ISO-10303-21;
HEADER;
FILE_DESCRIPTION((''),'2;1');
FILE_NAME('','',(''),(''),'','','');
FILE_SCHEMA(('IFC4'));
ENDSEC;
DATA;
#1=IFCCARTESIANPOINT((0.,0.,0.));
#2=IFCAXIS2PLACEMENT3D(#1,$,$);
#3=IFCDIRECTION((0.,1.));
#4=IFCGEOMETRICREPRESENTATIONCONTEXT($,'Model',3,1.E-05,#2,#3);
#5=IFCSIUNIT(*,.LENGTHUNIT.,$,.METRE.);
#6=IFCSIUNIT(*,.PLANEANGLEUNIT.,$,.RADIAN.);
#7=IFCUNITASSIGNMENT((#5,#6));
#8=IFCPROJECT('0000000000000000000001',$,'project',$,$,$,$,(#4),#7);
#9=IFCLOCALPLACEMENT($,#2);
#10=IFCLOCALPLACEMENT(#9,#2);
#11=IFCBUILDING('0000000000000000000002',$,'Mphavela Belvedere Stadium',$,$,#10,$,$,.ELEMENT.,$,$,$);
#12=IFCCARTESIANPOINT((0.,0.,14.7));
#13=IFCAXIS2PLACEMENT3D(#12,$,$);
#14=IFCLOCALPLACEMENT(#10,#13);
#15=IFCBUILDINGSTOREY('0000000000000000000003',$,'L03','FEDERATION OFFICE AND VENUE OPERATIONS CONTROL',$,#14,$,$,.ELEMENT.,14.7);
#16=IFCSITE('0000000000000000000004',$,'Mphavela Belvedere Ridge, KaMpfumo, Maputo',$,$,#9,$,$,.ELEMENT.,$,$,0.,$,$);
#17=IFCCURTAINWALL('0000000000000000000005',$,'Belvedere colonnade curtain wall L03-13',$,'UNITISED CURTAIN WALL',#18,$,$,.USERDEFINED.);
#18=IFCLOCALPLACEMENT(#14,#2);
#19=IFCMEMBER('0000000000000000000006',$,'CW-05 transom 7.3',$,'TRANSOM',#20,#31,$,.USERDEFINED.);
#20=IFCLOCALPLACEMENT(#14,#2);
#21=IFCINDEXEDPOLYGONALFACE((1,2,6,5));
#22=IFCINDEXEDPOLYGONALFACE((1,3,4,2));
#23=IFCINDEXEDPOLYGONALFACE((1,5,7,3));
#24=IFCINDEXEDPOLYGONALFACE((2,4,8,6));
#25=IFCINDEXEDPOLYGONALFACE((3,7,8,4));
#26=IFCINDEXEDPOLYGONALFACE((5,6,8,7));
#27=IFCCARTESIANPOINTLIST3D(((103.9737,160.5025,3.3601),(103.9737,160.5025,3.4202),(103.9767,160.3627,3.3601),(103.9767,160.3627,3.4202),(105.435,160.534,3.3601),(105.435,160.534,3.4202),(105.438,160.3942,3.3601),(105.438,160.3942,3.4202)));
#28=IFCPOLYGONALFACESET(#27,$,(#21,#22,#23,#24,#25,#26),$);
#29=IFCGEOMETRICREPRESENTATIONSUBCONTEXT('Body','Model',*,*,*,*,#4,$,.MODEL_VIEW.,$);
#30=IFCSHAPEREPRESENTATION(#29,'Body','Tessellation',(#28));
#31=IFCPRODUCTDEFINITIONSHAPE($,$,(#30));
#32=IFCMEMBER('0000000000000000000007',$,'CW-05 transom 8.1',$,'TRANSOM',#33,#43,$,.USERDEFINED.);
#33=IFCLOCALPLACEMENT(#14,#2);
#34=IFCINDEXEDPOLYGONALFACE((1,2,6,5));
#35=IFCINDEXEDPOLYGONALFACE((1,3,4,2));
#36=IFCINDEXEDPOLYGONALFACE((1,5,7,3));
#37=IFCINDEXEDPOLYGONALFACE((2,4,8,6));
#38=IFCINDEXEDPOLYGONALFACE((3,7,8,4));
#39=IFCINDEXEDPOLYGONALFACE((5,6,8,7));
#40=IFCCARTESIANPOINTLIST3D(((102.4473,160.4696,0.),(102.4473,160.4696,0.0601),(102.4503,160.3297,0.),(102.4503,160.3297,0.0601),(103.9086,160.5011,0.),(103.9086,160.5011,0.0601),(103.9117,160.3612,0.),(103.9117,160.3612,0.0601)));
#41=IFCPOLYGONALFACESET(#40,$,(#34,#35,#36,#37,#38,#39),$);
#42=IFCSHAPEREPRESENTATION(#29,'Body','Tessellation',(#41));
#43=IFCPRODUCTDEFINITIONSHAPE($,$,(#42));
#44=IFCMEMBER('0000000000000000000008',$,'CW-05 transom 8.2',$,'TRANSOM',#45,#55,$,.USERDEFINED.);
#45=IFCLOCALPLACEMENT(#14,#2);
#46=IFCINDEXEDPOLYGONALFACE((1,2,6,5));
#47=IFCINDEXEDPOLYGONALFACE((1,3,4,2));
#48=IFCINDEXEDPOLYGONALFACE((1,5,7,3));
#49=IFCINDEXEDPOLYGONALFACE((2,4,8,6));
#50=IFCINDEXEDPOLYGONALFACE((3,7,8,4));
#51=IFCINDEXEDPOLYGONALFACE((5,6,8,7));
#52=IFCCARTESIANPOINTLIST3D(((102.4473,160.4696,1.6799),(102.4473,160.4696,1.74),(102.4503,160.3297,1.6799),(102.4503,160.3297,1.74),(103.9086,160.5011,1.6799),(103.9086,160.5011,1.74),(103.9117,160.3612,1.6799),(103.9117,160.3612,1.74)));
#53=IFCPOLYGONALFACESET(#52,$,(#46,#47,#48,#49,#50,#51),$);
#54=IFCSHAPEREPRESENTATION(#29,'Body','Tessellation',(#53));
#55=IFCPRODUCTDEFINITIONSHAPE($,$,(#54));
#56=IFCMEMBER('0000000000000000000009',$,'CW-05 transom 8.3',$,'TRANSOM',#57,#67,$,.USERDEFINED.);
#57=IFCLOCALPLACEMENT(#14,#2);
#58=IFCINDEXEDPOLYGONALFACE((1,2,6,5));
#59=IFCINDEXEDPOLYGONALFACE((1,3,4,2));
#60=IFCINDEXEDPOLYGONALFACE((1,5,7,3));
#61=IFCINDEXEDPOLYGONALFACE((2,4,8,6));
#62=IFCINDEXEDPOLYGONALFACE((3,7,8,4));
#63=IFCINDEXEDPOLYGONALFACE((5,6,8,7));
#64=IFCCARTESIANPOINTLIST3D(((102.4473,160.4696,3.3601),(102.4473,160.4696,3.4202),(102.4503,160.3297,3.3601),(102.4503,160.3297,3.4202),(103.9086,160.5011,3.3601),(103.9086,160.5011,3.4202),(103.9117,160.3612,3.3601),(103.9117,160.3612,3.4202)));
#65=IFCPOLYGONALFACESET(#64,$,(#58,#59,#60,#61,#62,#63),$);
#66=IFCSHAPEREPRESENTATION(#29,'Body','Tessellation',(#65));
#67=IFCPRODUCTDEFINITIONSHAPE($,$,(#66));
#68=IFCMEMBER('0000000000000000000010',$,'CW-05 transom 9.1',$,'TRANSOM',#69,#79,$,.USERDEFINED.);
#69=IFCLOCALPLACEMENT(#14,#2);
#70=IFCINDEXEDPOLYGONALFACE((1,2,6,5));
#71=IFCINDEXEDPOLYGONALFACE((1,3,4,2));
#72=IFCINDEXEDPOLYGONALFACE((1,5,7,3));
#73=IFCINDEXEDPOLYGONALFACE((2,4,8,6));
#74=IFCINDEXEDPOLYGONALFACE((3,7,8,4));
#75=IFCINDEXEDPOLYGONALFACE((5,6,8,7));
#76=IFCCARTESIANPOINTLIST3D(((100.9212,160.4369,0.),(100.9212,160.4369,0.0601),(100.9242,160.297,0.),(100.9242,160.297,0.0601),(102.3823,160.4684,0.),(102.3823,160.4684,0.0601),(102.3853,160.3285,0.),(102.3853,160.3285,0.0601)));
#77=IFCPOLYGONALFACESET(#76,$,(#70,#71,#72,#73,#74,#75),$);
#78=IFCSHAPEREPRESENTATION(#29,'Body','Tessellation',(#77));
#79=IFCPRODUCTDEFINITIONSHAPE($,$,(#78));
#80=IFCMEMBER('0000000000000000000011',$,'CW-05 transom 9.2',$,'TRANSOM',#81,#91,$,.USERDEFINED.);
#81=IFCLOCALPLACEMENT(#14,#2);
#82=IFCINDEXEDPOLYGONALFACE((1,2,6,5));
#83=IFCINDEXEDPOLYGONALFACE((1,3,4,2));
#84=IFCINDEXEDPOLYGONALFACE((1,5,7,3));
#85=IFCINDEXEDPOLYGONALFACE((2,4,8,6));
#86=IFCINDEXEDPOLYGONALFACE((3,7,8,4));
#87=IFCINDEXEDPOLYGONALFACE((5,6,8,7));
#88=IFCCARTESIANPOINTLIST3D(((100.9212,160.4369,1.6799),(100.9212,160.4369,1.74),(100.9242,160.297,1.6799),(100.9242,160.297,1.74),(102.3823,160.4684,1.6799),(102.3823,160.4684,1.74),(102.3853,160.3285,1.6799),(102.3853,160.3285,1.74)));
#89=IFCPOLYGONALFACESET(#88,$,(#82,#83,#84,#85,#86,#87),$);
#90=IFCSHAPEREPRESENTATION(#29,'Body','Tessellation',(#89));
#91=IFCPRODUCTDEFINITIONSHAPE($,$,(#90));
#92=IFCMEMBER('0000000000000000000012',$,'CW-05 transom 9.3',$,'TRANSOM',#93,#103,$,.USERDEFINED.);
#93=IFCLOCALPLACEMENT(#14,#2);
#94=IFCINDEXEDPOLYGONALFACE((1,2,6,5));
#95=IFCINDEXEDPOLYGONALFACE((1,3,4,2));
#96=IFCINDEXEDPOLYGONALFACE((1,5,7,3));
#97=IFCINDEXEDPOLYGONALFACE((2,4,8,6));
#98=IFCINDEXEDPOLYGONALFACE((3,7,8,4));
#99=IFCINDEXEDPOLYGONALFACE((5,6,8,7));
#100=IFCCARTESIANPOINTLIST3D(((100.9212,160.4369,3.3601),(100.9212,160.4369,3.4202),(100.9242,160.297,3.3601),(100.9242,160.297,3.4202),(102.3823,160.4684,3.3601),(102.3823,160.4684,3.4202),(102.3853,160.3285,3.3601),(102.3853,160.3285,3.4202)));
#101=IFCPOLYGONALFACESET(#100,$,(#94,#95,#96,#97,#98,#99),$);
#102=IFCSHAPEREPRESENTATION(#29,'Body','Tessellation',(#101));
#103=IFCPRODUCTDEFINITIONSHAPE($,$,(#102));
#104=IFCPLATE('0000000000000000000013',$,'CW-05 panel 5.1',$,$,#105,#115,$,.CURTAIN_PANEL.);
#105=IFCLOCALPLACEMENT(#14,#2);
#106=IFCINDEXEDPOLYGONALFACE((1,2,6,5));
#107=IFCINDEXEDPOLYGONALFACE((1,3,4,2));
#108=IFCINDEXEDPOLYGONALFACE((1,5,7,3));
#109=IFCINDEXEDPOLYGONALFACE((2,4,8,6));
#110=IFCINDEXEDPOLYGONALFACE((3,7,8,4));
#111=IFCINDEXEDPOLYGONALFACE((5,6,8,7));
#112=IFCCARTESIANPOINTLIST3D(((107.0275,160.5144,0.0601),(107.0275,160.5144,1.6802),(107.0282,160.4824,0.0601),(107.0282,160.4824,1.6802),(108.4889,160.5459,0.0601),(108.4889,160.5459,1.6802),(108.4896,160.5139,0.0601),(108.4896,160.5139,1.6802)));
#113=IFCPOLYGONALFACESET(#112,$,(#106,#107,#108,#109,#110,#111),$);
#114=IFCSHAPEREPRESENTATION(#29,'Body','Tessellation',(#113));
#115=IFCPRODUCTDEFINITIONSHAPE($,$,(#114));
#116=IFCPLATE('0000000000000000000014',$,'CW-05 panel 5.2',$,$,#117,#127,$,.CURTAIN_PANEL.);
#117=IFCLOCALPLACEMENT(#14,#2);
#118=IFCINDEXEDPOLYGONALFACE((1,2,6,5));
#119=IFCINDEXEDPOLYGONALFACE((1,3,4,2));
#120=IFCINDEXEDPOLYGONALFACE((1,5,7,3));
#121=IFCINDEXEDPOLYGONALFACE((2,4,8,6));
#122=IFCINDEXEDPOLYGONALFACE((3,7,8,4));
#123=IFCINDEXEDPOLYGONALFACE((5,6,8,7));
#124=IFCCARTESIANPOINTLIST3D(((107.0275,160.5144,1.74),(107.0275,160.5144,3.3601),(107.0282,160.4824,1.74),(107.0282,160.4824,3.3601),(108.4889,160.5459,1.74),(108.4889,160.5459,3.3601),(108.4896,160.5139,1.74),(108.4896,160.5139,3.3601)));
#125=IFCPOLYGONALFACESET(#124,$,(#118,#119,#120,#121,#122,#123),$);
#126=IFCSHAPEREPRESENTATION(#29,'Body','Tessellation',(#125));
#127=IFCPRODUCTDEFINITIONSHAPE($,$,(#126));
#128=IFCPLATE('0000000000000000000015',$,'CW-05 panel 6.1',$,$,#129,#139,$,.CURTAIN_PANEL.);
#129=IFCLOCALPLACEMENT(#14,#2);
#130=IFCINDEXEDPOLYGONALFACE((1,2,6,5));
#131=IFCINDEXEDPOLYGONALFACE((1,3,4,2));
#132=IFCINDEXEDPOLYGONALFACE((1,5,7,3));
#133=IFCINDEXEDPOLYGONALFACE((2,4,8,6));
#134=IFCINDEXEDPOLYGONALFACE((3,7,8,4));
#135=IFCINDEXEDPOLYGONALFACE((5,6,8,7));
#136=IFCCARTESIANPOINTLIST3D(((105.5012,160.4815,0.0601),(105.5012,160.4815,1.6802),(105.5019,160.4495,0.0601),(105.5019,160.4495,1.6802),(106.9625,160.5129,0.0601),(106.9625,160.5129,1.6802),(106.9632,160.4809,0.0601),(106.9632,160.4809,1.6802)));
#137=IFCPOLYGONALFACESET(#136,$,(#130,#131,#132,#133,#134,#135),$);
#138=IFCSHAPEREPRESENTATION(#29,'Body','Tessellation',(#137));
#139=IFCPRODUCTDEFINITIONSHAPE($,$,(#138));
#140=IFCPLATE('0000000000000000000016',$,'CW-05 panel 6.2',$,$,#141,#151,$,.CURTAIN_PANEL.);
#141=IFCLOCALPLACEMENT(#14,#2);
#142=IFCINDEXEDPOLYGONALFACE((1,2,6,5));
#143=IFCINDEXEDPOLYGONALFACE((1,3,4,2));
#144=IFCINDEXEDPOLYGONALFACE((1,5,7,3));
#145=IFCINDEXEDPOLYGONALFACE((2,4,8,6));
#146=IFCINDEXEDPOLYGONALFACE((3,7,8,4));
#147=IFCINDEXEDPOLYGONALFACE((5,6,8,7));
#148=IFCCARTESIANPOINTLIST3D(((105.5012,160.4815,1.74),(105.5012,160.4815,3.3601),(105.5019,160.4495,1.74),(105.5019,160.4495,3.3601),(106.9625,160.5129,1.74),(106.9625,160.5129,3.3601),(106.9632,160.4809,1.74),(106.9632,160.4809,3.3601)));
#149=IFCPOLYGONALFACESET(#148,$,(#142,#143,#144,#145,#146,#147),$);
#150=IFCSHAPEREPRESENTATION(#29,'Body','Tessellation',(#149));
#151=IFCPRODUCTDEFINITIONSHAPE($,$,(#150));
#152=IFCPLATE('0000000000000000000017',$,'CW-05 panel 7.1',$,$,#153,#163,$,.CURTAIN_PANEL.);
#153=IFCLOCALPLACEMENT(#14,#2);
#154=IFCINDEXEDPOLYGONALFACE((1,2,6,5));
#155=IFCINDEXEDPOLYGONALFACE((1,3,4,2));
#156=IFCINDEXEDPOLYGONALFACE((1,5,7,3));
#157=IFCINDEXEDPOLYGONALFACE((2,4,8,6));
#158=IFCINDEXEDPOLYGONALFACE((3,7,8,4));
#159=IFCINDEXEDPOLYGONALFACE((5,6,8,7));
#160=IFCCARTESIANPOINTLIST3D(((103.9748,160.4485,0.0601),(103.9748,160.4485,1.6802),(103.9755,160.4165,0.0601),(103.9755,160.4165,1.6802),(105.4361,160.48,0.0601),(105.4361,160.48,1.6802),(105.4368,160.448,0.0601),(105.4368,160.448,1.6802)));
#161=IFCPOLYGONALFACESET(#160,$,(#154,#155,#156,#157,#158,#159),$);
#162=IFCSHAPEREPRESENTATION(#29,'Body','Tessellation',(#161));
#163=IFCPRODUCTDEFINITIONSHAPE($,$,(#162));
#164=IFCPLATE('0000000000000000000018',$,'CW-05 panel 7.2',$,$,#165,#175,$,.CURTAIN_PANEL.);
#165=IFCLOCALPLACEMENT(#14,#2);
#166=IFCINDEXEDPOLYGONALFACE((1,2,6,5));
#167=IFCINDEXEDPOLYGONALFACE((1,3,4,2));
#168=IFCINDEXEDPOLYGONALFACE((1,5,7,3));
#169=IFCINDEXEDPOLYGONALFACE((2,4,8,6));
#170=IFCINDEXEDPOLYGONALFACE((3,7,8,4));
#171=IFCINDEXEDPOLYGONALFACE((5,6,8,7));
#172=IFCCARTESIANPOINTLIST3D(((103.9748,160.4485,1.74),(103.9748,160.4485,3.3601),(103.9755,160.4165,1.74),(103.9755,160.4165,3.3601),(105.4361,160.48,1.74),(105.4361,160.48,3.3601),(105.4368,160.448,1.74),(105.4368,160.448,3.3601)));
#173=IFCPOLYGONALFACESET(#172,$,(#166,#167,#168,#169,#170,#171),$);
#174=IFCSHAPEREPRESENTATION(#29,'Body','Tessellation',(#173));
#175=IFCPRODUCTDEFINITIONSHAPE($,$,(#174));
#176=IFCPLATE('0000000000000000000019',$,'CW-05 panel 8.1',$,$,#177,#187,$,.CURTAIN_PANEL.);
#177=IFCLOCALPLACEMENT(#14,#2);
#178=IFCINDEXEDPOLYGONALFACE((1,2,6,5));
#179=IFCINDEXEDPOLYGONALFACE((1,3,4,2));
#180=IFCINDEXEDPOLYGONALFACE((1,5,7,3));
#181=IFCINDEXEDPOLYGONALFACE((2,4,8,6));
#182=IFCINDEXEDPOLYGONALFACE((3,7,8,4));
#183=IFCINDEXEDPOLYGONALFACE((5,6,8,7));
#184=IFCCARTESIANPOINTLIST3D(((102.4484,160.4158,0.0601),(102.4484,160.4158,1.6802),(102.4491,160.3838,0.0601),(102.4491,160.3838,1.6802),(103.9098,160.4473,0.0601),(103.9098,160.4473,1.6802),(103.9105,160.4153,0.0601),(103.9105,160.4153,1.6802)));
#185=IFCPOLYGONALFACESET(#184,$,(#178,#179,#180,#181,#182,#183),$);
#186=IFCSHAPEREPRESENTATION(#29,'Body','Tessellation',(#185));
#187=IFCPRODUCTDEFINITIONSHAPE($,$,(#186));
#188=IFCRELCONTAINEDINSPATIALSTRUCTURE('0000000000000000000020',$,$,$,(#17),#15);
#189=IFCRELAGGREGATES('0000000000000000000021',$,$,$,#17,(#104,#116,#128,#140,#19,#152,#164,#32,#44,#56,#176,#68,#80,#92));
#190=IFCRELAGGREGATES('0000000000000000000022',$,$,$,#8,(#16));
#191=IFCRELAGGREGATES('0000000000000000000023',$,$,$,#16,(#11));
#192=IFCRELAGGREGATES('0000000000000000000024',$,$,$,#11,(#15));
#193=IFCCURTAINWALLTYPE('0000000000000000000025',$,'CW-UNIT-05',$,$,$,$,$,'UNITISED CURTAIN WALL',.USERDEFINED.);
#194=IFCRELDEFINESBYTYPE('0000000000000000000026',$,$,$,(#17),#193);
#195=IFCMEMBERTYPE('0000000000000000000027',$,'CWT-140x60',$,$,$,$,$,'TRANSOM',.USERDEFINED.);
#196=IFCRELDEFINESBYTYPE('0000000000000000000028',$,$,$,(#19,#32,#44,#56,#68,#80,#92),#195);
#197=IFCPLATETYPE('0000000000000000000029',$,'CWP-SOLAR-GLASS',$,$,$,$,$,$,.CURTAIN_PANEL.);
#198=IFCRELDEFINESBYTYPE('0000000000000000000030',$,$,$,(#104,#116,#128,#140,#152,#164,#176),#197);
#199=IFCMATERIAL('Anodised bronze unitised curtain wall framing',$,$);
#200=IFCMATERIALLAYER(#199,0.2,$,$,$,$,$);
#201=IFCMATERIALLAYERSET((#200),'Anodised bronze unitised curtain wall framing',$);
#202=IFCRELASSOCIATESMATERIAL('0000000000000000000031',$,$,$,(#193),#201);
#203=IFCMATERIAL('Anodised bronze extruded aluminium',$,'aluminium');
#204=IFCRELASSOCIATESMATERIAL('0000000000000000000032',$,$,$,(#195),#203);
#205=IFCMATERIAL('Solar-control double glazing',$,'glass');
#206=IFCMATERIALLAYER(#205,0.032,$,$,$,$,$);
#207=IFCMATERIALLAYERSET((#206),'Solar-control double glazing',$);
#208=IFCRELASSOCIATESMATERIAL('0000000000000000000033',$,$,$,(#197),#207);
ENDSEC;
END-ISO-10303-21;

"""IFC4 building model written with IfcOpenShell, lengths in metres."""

from ifc_helpers import new_model, si_unit, direction, frame, origin, origin_2d, place, context, subcontext, project, spatial, rectangle, extrude, material, layer, layer_set, material_profile, profile_set, type_object, element, aggregate, save


model = new_model("IFC4")

# Units and contexts
model_context = context("Model", 3, precision=1e-05, world=origin(), true_north=direction((0.0, 1.0)))
body_context = subcontext(model_context, "Body", "Model", "MODEL_VIEW")
ifc_project = project(units=[si_unit("LENGTHUNIT", "METRE"), si_unit("PLANEANGLEUNIT", "RADIAN")], contexts=[model_context])

# Site, building, storey
site_placement = place(None, origin())
site = spatial("IfcSite", under=ifc_project, at=site_placement, Name="Mphavela Belvedere Ridge, KaMpfumo, Maputo", CompositionType="ELEMENT", RefElevation=0.0)
building_placement = place(site_placement, origin())
building = spatial("IfcBuilding", under=site, at=building_placement, Name="Mphavela Belvedere Stadium", CompositionType="ELEMENT")
storey_placement = place(building_placement, frame((0.0, 0.0, 14.7)))
storey = spatial("IfcBuildingStorey", under=building, at=storey_placement, Name="L03", Description="FEDERATION OFFICE AND VENUE OPERATIONS CONTROL", CompositionType="ELEMENT", Elevation=14.7)

# Curtain wall, members, plates
ifc_material_1 = material(Name="Anodised bronze unitised curtain wall framing")
ifc_layer_1 = layer(ifc_material_1, 0.2)
ifc_layer_set_1 = layer_set([ifc_layer_1], Name="Anodised bronze unitised curtain wall framing")
curtain_wall_type = type_object("IfcCurtainWallType", Name="CW-UNIT-05", ElementType="UNITISED CURTAIN WALL", PredefinedType="USERDEFINED", material=ifc_layer_set_1)
curtain_wall_placement = place(storey_placement, origin())
curtain_wall = element("IfcCurtainWall", 1, at=curtain_wall_placement, inside=storey, type_object=curtain_wall_type, Name="Belvedere colonnade curtain wall L03-13", ObjectType="UNITISED CURTAIN WALL", PredefinedType="USERDEFINED")
ifc_material_2 = material(Name="Anodised bronze extruded aluminium", Category="aluminium")
ifc_material_profile_1 = material_profile(ifc_material_2, rectangle(XDim=0.1399, YDim=0.0601, at=origin_2d()), Name="CW-TRN 140x60")
ifc_profile_set_1 = profile_set([ifc_material_profile_1], Name="Anodised bronze extruded aluminium")
member_type_1 = type_object("IfcMemberType", Name="CWT-140x60", ElementType="TRANSOM", PredefinedType="USERDEFINED", material=ifc_profile_set_1)
member_1_placement = place(storey_placement, frame((105.4365, 160.4641, 3.3901), z_axis=(-0.999768, -0.021545, 0.0), x_axis=(0.021545, -0.999768, 0.0)))
member_1 = element("IfcMember", 2, at=member_1_placement, type_object=member_type_1, Name="CW-05 transom 7.3", ObjectType="TRANSOM", PredefinedType="USERDEFINED", context=body_context, shape_type="SweptSolid", body=[
    extrude(rectangle(XDim=0.1399, YDim=0.0601, at=origin_2d()), origin(), (0.0, 0.0, 1.0), 1.4617),
])
member_2_placement = place(storey_placement, frame((103.9102, 160.4312, 0.03), z_axis=(-0.999768, -0.021545, 0.0), x_axis=(0.021545, -0.999768, 0.0)))
member_2 = element("IfcMember", 3, at=member_2_placement, type_object=member_type_1, Name="CW-05 transom 8.1", ObjectType="TRANSOM", PredefinedType="USERDEFINED", context=body_context, shape_type="SweptSolid", body=[
    extrude(rectangle(XDim=0.1399, YDim=0.0601, at=origin_2d()), origin(), (0.0, 0.0, 1.0), 1.4617),
])
member_3_placement = place(storey_placement, frame((103.9102, 160.4312, 1.71), z_axis=(-0.999768, -0.021545, 0.0), x_axis=(0.021545, -0.999768, 0.0)))
member_3 = element("IfcMember", 4, at=member_3_placement, type_object=member_type_1, Name="CW-05 transom 8.2", ObjectType="TRANSOM", PredefinedType="USERDEFINED", context=body_context, shape_type="SweptSolid", body=[
    extrude(rectangle(XDim=0.1399, YDim=0.0601, at=origin_2d()), origin(), (0.0, 0.0, 1.0), 1.4617),
])
member_4_placement = place(storey_placement, frame((103.9102, 160.4312, 3.3901), z_axis=(-0.999768, -0.021545, 0.0), x_axis=(0.021545, -0.999768, 0.0)))
member_4 = element("IfcMember", 5, at=member_4_placement, type_object=member_type_1, Name="CW-05 transom 8.3", ObjectType="TRANSOM", PredefinedType="USERDEFINED", context=body_context, shape_type="SweptSolid", body=[
    extrude(rectangle(XDim=0.1399, YDim=0.0601, at=origin_2d()), origin(), (0.0, 0.0, 1.0), 1.4617),
])
member_5_placement = place(storey_placement, frame((102.3838, 160.3984, 0.03), z_axis=(-0.999768, -0.021549, 0.0), x_axis=(0.021549, -0.999768, 0.0)))
member_5 = element("IfcMember", 6, at=member_5_placement, type_object=member_type_1, Name="CW-05 transom 9.1", ObjectType="TRANSOM", PredefinedType="USERDEFINED", context=body_context, shape_type="SweptSolid", body=[
    extrude(rectangle(XDim=0.1399, YDim=0.0601, at=origin_2d()), origin(), (0.0, 0.0, 1.0), 1.4614),
])
member_6_placement = place(storey_placement, frame((102.3838, 160.3984, 1.71), z_axis=(-0.999768, -0.021549, 0.0), x_axis=(0.021549, -0.999768, 0.0)))
member_6 = element("IfcMember", 7, at=member_6_placement, type_object=member_type_1, Name="CW-05 transom 9.2", ObjectType="TRANSOM", PredefinedType="USERDEFINED", context=body_context, shape_type="SweptSolid", body=[
    extrude(rectangle(XDim=0.1399, YDim=0.0601, at=origin_2d()), origin(), (0.0, 0.0, 1.0), 1.4614),
])
member_7_placement = place(storey_placement, frame((102.3838, 160.3984, 3.3901), z_axis=(-0.999768, -0.021549, 0.0), x_axis=(0.021549, -0.999768, 0.0)))
member_7 = element("IfcMember", 8, at=member_7_placement, type_object=member_type_1, Name="CW-05 transom 9.3", ObjectType="TRANSOM", PredefinedType="USERDEFINED", context=body_context, shape_type="SweptSolid", body=[
    extrude(rectangle(XDim=0.1399, YDim=0.0601, at=origin_2d()), origin(), (0.0, 0.0, 1.0), 1.4614),
])
ifc_material_3 = material(Name="Solar-control double glazing", Category="glass")
ifc_layer_2 = layer(ifc_material_3, 0.032)
ifc_layer_set_2 = layer_set([ifc_layer_2], Name="Solar-control double glazing")
plate_type = type_object("IfcPlateType", Name="CWP-SOLAR-GLASS", PredefinedType="CURTAIN_PANEL", material=ifc_layer_set_2)
plate_1_placement = place(storey_placement, frame((107.7585, 160.5142, 0.0601), z_axis=(0.0, 0.0, 1.0), x_axis=(-0.999768, -0.021531, 0.0)))
plate_1 = element("IfcPlate", 9, at=plate_1_placement, type_object=plate_type, Name="CW-05 panel 5.1", PredefinedType="CURTAIN_PANEL", context=body_context, shape_type="SweptSolid", body=[
    extrude(rectangle(XDim=1.4617, YDim=0.032, at=origin_2d()), origin(), (0.0, 0.0, 1.0), 1.6201),
])
plate_2_placement = place(storey_placement, frame((107.7585, 160.5142, 1.74), z_axis=(0.0, 0.0, 1.0), x_axis=(-0.999768, -0.021531, 0.0)))
plate_2 = element("IfcPlate", 10, at=plate_2_placement, type_object=plate_type, Name="CW-05 panel 5.2", PredefinedType="CURTAIN_PANEL", context=body_context, shape_type="SweptSolid", body=[
    extrude(rectangle(XDim=1.4617, YDim=0.032, at=origin_2d()), origin(), (0.0, 0.0, 1.0), 1.6201),
])
plate_3_placement = place(storey_placement, frame((106.2322, 160.4812, 0.0601), z_axis=(0.0, 0.0, 1.0), x_axis=(-0.999768, -0.021531, 0.0)))
plate_3 = element("IfcPlate", 11, at=plate_3_placement, type_object=plate_type, Name="CW-05 panel 6.1", PredefinedType="CURTAIN_PANEL", context=body_context, shape_type="SweptSolid", body=[
    extrude(rectangle(XDim=1.4617, YDim=0.032, at=origin_2d()), origin(), (0.0, 0.0, 1.0), 1.6201),
])
plate_4_placement = place(storey_placement, frame((106.2322, 160.4812, 1.74), z_axis=(0.0, 0.0, 1.0), x_axis=(-0.999768, -0.021531, 0.0)))
plate_4 = element("IfcPlate", 12, at=plate_4_placement, type_object=plate_type, Name="CW-05 panel 6.2", PredefinedType="CURTAIN_PANEL", context=body_context, shape_type="SweptSolid", body=[
    extrude(rectangle(XDim=1.4617, YDim=0.032, at=origin_2d()), origin(), (0.0, 0.0, 1.0), 1.6201),
])
plate_5_placement = place(storey_placement, frame((104.7058, 160.4482, 0.0601), z_axis=(0.0, 0.0, 1.0), x_axis=(-0.999768, -0.021531, 0.0)))
plate_5 = element("IfcPlate", 13, at=plate_5_placement, type_object=plate_type, Name="CW-05 panel 7.1", PredefinedType="CURTAIN_PANEL", context=body_context, shape_type="SweptSolid", body=[
    extrude(rectangle(XDim=1.4617, YDim=0.032, at=origin_2d()), origin(), (0.0, 0.0, 1.0), 1.6201),
])
plate_6_placement = place(storey_placement, frame((104.7058, 160.4482, 1.74), z_axis=(0.0, 0.0, 1.0), x_axis=(-0.999768, -0.021531, 0.0)))
plate_6 = element("IfcPlate", 14, at=plate_6_placement, type_object=plate_type, Name="CW-05 panel 7.2", PredefinedType="CURTAIN_PANEL", context=body_context, shape_type="SweptSolid", body=[
    extrude(rectangle(XDim=1.4617, YDim=0.032, at=origin_2d()), origin(), (0.0, 0.0, 1.0), 1.6201),
])
plate_7_placement = place(storey_placement, frame((103.1794, 160.4155, 0.0601), z_axis=(0.0, 0.0, 1.0), x_axis=(-0.999768, -0.021531, 0.0)))
plate_7 = element("IfcPlate", 15, at=plate_7_placement, type_object=plate_type, Name="CW-05 panel 8.1", PredefinedType="CURTAIN_PANEL", context=body_context, shape_type="SweptSolid", body=[
    extrude(rectangle(XDim=1.4617, YDim=0.032, at=origin_2d()), origin(), (0.0, 0.0, 1.0), 1.6201),
])
aggregate(curtain_wall, [plate_1, plate_2, plate_3, plate_4, member_1, plate_5, plate_6, member_2, member_3, member_4, plate_7, member_5, member_6, member_7])

save(model, "model.ifc")
